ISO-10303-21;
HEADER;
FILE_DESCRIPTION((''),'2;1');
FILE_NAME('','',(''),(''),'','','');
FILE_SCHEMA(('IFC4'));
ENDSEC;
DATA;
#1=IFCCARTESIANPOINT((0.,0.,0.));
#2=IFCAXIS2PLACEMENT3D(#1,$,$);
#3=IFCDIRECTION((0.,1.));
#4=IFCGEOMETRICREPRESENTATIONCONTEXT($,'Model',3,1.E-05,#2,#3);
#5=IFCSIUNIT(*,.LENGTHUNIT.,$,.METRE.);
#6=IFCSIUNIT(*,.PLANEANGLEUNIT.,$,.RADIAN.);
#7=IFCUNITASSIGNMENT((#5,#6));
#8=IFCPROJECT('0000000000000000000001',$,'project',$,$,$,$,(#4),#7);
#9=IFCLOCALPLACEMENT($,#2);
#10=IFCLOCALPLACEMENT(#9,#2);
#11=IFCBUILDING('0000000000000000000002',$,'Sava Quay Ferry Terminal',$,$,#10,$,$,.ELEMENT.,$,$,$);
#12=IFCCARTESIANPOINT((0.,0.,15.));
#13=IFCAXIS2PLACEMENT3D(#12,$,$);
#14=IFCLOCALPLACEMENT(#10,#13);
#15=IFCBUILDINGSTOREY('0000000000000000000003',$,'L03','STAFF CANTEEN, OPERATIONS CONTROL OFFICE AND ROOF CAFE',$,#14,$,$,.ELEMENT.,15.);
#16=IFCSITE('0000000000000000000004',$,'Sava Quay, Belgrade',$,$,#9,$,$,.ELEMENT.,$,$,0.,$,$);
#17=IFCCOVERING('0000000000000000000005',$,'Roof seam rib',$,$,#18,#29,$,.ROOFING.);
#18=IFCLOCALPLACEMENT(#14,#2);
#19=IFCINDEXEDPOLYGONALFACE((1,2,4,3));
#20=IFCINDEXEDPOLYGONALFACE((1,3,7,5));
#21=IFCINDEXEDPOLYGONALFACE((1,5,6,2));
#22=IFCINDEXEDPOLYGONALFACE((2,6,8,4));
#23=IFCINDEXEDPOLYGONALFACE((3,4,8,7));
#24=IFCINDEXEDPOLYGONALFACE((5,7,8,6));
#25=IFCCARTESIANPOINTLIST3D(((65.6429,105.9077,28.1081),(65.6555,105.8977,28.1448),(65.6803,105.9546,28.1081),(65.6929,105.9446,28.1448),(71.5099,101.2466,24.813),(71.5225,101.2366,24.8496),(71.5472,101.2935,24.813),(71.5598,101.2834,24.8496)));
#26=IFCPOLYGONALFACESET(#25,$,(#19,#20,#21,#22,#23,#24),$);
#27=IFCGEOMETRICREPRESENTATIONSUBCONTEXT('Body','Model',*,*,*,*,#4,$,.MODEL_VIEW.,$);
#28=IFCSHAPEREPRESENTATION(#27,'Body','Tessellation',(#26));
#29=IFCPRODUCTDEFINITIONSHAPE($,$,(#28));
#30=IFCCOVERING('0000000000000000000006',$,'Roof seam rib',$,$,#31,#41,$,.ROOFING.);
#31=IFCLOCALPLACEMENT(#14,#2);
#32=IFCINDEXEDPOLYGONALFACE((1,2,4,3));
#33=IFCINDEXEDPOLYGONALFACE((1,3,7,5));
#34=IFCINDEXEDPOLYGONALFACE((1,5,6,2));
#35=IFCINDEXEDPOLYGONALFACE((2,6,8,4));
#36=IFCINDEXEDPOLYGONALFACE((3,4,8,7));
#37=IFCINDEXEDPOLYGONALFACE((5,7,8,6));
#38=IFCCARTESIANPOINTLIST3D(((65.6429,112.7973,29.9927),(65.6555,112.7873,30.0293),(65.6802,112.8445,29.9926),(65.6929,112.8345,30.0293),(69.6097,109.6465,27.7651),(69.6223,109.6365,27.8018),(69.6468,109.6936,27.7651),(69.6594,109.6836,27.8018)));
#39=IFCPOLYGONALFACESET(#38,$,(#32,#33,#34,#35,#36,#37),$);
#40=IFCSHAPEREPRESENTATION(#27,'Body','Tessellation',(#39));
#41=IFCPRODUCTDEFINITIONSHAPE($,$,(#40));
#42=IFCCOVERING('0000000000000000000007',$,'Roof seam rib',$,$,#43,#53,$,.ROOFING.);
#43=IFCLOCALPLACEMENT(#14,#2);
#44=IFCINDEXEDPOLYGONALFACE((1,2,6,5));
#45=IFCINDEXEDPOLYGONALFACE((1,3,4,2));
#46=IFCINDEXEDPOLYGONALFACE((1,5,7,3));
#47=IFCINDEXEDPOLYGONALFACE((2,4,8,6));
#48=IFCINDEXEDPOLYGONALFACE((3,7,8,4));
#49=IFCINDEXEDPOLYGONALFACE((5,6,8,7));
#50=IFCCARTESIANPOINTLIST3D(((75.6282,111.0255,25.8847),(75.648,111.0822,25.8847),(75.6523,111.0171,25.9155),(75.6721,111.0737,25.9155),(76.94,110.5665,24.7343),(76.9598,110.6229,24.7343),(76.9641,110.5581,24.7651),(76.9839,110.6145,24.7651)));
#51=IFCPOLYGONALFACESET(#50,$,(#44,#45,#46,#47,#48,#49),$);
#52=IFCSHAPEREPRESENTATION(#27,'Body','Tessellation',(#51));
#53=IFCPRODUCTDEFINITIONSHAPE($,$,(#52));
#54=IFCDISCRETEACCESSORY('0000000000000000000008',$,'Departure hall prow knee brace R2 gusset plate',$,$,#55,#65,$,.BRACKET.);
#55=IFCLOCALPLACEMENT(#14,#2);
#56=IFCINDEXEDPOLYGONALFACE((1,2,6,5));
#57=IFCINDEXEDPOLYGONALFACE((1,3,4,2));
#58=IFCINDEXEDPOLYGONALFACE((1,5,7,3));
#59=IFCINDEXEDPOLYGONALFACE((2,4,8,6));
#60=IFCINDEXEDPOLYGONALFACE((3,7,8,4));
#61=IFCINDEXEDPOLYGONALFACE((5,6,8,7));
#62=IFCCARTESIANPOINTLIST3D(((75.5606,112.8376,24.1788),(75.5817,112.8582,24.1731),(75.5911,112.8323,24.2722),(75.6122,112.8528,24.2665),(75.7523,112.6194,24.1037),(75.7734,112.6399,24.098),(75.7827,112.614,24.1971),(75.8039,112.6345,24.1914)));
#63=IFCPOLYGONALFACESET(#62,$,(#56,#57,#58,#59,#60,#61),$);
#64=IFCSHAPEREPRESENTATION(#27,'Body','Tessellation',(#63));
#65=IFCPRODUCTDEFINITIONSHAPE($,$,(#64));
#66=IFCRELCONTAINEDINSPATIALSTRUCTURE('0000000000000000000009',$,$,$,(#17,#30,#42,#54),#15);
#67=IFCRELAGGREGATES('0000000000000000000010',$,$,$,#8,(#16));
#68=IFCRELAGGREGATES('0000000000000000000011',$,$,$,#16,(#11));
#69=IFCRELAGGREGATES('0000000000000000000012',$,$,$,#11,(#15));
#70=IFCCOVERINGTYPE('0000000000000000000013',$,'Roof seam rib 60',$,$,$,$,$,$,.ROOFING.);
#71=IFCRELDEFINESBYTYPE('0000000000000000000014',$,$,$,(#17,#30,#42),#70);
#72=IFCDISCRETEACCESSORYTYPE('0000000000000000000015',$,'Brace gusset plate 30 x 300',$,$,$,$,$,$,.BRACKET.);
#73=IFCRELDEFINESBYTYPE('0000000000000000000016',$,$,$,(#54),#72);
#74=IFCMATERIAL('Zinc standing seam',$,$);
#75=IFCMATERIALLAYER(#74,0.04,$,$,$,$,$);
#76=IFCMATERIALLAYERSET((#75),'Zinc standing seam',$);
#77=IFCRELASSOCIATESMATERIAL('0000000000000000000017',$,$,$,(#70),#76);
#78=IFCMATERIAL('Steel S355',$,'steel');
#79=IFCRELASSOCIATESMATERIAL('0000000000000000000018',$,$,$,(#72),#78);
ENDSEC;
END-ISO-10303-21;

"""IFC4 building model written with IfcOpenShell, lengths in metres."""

from ifc_helpers import new_model, si_unit, direction, frame, origin, origin_2d, place, context, subcontext, project, spatial, polyline, rectangle, outline, extrude, material, layer, layer_set, material_profile, profile_set, type_object, element, save


model = new_model("IFC4")

# Units and contexts
model_context = context("Model", 3, precision=1e-05, world=origin(), true_north=direction((0.0, 1.0)))
body_context = subcontext(model_context, "Body", "Model", "MODEL_VIEW")
ifc_project = project(units=[si_unit("LENGTHUNIT", "METRE"), si_unit("PLANEANGLEUNIT", "RADIAN")], contexts=[model_context])

# Site, building, storey
site_placement = place(None, origin())
site = spatial("IfcSite", under=ifc_project, at=site_placement, Name="Sava Quay, Belgrade", CompositionType="ELEMENT", RefElevation=0.0)
building_placement = place(site_placement, origin())
building = spatial("IfcBuilding", under=site, at=building_placement, Name="Sava Quay Ferry Terminal", CompositionType="ELEMENT")
storey_placement = place(building_placement, frame((0.0, 0.0, 15.0)))
storey = spatial("IfcBuildingStorey", under=building, at=storey_placement, Name="L03", Description="STAFF CANTEEN, OPERATIONS CONTROL OFFICE AND ROOF CAFE", CompositionType="ELEMENT", Elevation=15.0)

# Coverings
ifc_material_1 = material(Name="Zinc standing seam")
ifc_layer = layer(ifc_material_1, 0.04)
ifc_layer_set = layer_set([ifc_layer], Name="Zinc standing seam")
covering_type_1 = type_object("IfcCoveringType", Name="Roof seam rib 60", PredefinedType="ROOFING", material=ifc_layer_set)
covering_1_placement = place(storey_placement, frame((71.5225, 101.2366, 24.8496), z_axis=(0.31482, -0.250873, 0.915397), x_axis=(-0.716733, 0.569425, 0.402553)))
element("IfcCovering", 1, at=covering_1_placement, inside=storey, type_object=covering_type_1, Name="Roof seam rib", PredefinedType="ROOFING", context=body_context, shape_type="SweptSolid", body=[
    extrude(outline(polyline([(0.0, 0.0), (8.1857, 0.0), (8.1856, -0.0599), (-0.0001, -0.0599), (0.0, 0.0)])), origin(), (0.0, 0.0, -1.0), 0.04),
])
covering_2_placement = place(storey_placement, frame((69.6223, 109.6365, 27.8018), z_axis=(0.31583, -0.249555, 0.915409), x_axis=(-0.716799, 0.569363, 0.402523)))
element("IfcCovering", 2, at=covering_2_placement, inside=storey, type_object=covering_type_1, Name="Roof seam rib", PredefinedType="ROOFING", context=body_context, shape_type="SweptSolid", body=[
    extrude(outline(polyline([(0.0, 0.0), (5.534, 0.0), (5.5341, -0.0601), (0.0002, -0.06), (0.0, 0.0)])), origin(), (0.0, 0.0, -1.0), 0.04),
])
covering_3_placement = place(storey_placement, frame((76.9641, 110.5581, 24.7651), z_axis=(0.601862, -0.210587, 0.770334), x_axis=(-0.72711, 0.254414, 0.63764)))
element("IfcCovering", 3, at=covering_3_placement, inside=storey, type_object=covering_type_1, Name="Roof seam rib", PredefinedType="ROOFING", context=body_context, shape_type="SweptSolid", body=[
    extrude(outline(polyline([(0.0, 0.0), (1.8041, 0.0), (1.8041, -0.06), (0.0, -0.0598), (0.0, 0.0)])), origin(), (0.0, 0.0, -1.0), 0.04),
])

# Discrete accessory
ifc_material_2 = material(Name="Steel S355", Category="steel")
ifc_material_profile_1 = material_profile(ifc_material_2, rectangle(XDim=0.3, YDim=0.03, at=origin_2d()), Name="Plate 300 x 30")
ifc_profile_set_1 = profile_set([ifc_material_profile_1], Name="Steel S355")
discrete_accessory_type = type_object("IfcDiscreteAccessoryType", Name="Brace gusset plate 30 x 300", PredefinedType="BRACKET", material=ifc_profile_set_1)
discrete_accessory_placement = place(storey_placement, frame((75.667, 112.7388, 24.1384), z_axis=(0.309803, -0.054525, 0.949236), x_axis=(0.638868, -0.727462, -0.250294)))
element("IfcDiscreteAccessory", 4, at=discrete_accessory_placement, inside=storey, type_object=discrete_accessory_type, Name="Departure hall prow knee brace R2 gusset plate", PredefinedType="BRACKET", context=body_context, shape_type="SweptSolid", body=[
    extrude(rectangle(XDim=0.3, YDim=0.03, at=origin_2d()), origin(), (0.0, 0.0, 1.0), 0.0984),
])

save(model, "model.ifc")
